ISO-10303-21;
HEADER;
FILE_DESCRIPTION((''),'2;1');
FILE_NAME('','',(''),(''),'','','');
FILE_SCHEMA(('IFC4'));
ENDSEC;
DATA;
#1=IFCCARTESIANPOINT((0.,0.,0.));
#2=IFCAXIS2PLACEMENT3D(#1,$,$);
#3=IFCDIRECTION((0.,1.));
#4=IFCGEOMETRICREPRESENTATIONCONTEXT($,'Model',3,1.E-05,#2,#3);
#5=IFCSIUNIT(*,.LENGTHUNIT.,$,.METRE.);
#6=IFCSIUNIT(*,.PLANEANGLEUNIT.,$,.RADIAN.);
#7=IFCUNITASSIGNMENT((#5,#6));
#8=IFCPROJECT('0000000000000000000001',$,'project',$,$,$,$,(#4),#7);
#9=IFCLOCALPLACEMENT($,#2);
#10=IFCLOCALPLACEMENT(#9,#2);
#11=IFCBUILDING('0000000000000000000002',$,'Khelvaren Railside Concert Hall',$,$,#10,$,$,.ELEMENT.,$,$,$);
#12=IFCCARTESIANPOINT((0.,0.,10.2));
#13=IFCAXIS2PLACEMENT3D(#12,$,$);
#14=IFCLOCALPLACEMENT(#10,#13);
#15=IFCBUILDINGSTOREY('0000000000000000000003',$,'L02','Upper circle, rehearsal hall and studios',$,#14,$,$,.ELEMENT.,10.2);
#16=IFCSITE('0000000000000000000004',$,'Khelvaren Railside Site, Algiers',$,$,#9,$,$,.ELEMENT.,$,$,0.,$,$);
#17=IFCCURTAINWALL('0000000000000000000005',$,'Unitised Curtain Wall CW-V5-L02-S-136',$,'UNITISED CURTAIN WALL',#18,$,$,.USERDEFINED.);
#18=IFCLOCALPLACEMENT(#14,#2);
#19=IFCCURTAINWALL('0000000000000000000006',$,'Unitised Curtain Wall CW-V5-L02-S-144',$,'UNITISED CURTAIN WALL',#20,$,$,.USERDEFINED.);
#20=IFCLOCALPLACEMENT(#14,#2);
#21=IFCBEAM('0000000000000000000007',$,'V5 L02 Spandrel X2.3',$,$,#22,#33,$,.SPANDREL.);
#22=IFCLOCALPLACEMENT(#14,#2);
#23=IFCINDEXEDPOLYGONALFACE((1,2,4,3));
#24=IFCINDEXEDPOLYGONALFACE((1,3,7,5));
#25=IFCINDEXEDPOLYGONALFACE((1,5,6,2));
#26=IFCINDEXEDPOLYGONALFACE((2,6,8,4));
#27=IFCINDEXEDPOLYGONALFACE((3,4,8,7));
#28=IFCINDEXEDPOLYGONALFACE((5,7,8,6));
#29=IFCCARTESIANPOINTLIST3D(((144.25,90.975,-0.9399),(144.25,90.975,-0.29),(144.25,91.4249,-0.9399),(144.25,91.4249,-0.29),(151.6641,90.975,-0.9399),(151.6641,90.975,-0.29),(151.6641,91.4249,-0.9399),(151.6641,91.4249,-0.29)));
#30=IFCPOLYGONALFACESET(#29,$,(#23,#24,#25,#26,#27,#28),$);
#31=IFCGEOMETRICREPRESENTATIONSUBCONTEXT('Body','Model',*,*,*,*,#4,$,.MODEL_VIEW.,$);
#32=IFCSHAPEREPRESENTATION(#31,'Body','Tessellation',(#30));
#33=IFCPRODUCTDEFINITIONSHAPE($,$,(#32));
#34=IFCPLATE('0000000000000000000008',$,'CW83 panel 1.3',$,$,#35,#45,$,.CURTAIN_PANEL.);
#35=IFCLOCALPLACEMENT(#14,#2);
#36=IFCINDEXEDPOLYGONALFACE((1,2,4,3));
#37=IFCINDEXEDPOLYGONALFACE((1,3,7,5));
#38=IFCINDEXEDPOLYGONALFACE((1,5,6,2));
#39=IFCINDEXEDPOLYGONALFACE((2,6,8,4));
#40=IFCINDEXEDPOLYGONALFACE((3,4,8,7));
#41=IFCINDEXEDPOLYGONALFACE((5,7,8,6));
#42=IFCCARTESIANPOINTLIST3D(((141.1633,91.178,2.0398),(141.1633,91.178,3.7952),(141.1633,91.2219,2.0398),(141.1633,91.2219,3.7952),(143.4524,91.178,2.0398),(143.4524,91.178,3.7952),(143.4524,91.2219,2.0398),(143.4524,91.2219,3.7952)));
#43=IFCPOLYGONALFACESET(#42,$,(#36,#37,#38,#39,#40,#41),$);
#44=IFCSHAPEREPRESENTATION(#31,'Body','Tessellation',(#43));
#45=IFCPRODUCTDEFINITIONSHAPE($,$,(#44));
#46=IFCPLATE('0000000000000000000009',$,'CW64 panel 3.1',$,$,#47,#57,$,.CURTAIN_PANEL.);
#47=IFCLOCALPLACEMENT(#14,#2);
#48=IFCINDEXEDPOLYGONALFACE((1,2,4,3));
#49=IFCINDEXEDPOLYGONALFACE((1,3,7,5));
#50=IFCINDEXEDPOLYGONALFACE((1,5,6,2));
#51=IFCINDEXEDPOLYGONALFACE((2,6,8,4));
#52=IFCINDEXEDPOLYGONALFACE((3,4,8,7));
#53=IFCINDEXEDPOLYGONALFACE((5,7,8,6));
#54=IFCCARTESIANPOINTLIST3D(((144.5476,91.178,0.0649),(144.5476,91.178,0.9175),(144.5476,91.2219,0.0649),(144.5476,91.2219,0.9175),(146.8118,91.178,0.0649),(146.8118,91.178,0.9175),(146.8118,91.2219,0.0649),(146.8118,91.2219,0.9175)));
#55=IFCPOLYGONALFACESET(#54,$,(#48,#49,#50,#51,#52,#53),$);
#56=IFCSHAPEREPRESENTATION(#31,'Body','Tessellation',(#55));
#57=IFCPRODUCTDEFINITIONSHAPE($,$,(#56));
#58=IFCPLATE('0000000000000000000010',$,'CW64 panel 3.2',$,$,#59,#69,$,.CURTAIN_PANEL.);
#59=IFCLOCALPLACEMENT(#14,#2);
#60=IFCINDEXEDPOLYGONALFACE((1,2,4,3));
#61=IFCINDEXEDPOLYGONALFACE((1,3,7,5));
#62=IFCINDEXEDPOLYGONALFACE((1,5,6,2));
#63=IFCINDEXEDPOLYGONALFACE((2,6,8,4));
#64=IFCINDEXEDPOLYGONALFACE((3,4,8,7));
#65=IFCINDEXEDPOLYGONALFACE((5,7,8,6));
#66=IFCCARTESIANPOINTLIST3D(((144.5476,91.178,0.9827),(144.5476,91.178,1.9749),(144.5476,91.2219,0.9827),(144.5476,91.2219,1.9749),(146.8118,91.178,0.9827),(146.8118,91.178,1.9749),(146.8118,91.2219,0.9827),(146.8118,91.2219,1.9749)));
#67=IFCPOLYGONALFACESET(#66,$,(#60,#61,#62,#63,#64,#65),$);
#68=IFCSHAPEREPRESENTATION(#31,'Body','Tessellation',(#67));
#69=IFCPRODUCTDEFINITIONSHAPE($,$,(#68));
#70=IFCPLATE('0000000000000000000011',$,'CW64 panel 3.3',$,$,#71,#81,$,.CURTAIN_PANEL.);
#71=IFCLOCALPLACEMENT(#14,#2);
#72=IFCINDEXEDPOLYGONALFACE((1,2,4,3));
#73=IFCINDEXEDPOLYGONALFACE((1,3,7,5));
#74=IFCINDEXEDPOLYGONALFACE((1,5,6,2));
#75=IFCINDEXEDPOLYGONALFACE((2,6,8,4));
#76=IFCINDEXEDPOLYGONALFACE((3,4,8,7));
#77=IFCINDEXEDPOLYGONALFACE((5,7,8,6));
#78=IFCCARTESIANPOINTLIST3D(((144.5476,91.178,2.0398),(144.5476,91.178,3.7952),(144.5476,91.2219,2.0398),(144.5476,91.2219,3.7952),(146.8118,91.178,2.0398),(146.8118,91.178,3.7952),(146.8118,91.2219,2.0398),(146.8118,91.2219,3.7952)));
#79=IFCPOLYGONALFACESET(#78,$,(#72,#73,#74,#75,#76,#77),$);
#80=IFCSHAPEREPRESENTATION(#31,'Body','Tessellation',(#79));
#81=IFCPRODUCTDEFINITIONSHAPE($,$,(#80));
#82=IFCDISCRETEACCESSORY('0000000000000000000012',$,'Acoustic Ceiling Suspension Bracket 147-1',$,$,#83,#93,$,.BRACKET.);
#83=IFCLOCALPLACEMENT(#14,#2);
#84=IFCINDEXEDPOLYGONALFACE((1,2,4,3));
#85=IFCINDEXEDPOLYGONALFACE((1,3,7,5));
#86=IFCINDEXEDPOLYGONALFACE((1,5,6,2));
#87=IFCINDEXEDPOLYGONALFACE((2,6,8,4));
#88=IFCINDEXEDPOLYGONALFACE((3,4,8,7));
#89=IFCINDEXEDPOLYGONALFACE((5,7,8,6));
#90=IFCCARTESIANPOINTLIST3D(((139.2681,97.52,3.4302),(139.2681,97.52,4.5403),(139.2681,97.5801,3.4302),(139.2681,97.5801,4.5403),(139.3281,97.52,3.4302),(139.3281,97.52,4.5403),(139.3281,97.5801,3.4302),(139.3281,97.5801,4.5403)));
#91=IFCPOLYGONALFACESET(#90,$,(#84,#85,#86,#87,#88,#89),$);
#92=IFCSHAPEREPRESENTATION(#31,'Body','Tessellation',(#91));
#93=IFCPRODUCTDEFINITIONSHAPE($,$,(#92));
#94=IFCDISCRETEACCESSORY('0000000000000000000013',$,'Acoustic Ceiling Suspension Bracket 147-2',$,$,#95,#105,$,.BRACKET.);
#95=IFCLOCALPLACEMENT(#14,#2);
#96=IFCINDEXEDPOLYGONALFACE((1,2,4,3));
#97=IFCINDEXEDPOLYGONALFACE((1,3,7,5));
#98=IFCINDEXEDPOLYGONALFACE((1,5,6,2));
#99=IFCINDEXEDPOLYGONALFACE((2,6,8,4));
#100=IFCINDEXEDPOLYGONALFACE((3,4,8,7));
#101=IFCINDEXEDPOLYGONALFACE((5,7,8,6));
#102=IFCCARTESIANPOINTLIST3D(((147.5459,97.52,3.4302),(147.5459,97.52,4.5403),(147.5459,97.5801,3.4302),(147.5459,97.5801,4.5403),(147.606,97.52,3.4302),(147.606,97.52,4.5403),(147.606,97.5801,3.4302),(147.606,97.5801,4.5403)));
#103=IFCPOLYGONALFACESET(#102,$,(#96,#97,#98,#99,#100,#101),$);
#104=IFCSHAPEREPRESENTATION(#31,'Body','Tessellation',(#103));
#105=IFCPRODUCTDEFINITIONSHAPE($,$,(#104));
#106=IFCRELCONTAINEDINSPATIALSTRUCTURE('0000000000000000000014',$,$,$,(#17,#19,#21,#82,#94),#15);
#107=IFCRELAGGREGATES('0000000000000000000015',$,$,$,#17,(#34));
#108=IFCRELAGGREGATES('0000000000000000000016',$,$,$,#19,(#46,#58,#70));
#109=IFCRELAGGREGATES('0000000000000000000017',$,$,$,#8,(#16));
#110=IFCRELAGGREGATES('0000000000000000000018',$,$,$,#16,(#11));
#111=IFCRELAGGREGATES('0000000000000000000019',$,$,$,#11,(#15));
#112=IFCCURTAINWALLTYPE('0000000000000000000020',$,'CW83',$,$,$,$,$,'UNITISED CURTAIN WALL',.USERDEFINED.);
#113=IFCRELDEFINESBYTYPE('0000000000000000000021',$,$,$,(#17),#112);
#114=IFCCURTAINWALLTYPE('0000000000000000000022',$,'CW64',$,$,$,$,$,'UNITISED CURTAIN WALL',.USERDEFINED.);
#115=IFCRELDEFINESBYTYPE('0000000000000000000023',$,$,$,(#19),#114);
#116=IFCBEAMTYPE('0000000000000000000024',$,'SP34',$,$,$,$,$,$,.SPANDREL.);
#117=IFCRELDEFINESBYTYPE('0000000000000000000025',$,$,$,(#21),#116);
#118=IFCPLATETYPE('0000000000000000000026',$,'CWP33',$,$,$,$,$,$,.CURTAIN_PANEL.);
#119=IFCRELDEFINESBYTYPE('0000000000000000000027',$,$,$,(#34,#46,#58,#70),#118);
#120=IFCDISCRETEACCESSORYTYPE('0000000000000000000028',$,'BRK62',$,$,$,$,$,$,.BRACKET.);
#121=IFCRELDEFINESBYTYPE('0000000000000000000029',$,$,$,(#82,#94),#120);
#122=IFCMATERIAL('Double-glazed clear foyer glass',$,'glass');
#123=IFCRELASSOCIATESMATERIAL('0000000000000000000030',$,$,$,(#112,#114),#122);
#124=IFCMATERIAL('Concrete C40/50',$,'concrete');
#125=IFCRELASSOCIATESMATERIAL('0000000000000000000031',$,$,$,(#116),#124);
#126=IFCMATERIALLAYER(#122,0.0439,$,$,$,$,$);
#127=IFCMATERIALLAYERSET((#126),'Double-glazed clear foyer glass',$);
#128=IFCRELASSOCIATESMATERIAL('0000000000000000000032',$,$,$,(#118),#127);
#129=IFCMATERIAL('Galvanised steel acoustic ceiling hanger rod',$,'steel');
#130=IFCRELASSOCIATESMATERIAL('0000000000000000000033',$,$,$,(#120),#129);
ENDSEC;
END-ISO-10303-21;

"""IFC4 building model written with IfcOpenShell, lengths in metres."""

from ifc_helpers import new_model, si_unit, direction, frame, origin, origin_2d, place, context, subcontext, project, spatial, rectangle, extrude, material, layer, layer_set, material_profile, profile_set, type_object, element, aggregate, save


model = new_model("IFC4")

# Units and contexts
model_context = context("Model", 3, precision=1e-05, world=origin(), true_north=direction((0.0, 1.0)))
body_context = subcontext(model_context, "Body", "Model", "MODEL_VIEW")
ifc_project = project(units=[si_unit("LENGTHUNIT", "METRE"), si_unit("PLANEANGLEUNIT", "RADIAN")], contexts=[model_context])

# Site, building, storey
site_placement = place(None, origin())
site = spatial("IfcSite", under=ifc_project, at=site_placement, Name="Khelvaren Railside Site, Algiers", CompositionType="ELEMENT", RefElevation=0.0)
building_placement = place(site_placement, origin())
building = spatial("IfcBuilding", under=site, at=building_placement, Name="Khelvaren Railside Concert Hall", CompositionType="ELEMENT")
storey_placement = place(building_placement, frame((0.0, 0.0, 10.2)))
storey = spatial("IfcBuildingStorey", under=building, at=storey_placement, Name="L02", Description="Upper circle, rehearsal hall and studios", CompositionType="ELEMENT", Elevation=10.2)

# Shared definitions
ifc_material_1 = material(Name="Concrete C40/50", Category="concrete")

# Curtain wall
ifc_material_2 = material(Name="Double-glazed clear foyer glass", Category="glass")
curtain_wall_type_1 = type_object("IfcCurtainWallType", Name="CW83", ElementType="UNITISED CURTAIN WALL", PredefinedType="USERDEFINED", material=ifc_material_2)
curtain_wall_1_placement = place(storey_placement, origin())
curtain_wall_1 = element("IfcCurtainWall", 1, at=curtain_wall_1_placement, inside=storey, type_object=curtain_wall_type_1, Name="Unitised Curtain Wall CW-V5-L02-S-136", ObjectType="UNITISED CURTAIN WALL", PredefinedType="USERDEFINED")

# Curtain wall
curtain_wall_type_2 = type_object("IfcCurtainWallType", Name="CW64", ElementType="UNITISED CURTAIN WALL", PredefinedType="USERDEFINED", material=ifc_material_2)
curtain_wall_2_placement = place(storey_placement, origin())
curtain_wall_2 = element("IfcCurtainWall", 2, at=curtain_wall_2_placement, inside=storey, type_object=curtain_wall_type_2, Name="Unitised Curtain Wall CW-V5-L02-S-144", ObjectType="UNITISED CURTAIN WALL", PredefinedType="USERDEFINED")

# Beam
ifc_material_profile_1 = material_profile(ifc_material_1, rectangle(XDim=0.45, YDim=0.6499, at=origin_2d()), Name="RCB 450x650")
ifc_profile_set_1 = profile_set([ifc_material_profile_1], Name="Concrete C40/50")
beam_type_1 = type_object("IfcBeamType", Name="SP34", PredefinedType="SPANDREL", material=ifc_profile_set_1)
beam_1_placement = place(storey_placement, frame((144.25, 91.2, -0.615), z_axis=(1.0, 0.0, 0.0), x_axis=(0.0, 1.0, 0.0)))
element("IfcBeam", 3, at=beam_1_placement, inside=storey, type_object=beam_type_1, Name="V5 L02 Spandrel X2.3", PredefinedType="SPANDREL", context=body_context, shape_type="SweptSolid", body=[
    extrude(rectangle(XDim=0.45, YDim=0.6499, at=origin_2d()), origin(), (0.0, 0.0, 1.0), 7.4141),
])

# Plates
ifc_layer = layer(ifc_material_2, 0.0439)
ifc_layer_set = layer_set([ifc_layer], Name="Double-glazed clear foyer glass")
plate_type = type_object("IfcPlateType", Name="CWP33", PredefinedType="CURTAIN_PANEL", material=ifc_layer_set)
plate_1_placement = place(storey_placement, frame((142.3079, 91.2, 2.0398), z_axis=(0.0, 0.0, 1.0), x_axis=(-1.0, 0.0, 0.0)))
plate_1 = element("IfcPlate", 4, at=plate_1_placement, type_object=plate_type, Name="CW83 panel 1.3", PredefinedType="CURTAIN_PANEL", context=body_context, shape_type="SweptSolid", body=[
    extrude(rectangle(XDim=2.2891, YDim=0.0439, at=origin_2d()), origin(), (0.0, 0.0, 1.0), 1.7554),
])
aggregate(curtain_wall_1, [plate_1])
plate_2_placement = place(storey_placement, frame((145.6797, 91.2, 0.0649), z_axis=(0.0, 0.0, 1.0), x_axis=(-1.0, 0.0, 0.0)))
plate_2 = element("IfcPlate", 5, at=plate_2_placement, type_object=plate_type, Name="CW64 panel 3.1", PredefinedType="CURTAIN_PANEL", context=body_context, shape_type="SweptSolid", body=[
    extrude(rectangle(XDim=2.2642, YDim=0.0439, at=origin_2d()), origin(), (0.0, 0.0, 1.0), 0.8525),
])
plate_3_placement = place(storey_placement, frame((145.6797, 91.2, 0.9827), z_axis=(0.0, 0.0, 1.0), x_axis=(-1.0, 0.0, 0.0)))
plate_3 = element("IfcPlate", 6, at=plate_3_placement, type_object=plate_type, Name="CW64 panel 3.2", PredefinedType="CURTAIN_PANEL", context=body_context, shape_type="SweptSolid", body=[
    extrude(rectangle(XDim=2.2642, YDim=0.0439, at=origin_2d()), origin(), (0.0, 0.0, 1.0), 0.9922),
])
plate_4_placement = place(storey_placement, frame((145.6797, 91.2, 2.0398), z_axis=(0.0, 0.0, 1.0), x_axis=(-1.0, 0.0, 0.0)))
plate_4 = element("IfcPlate", 7, at=plate_4_placement, type_object=plate_type, Name="CW64 panel 3.3", PredefinedType="CURTAIN_PANEL", context=body_context, shape_type="SweptSolid", body=[
    extrude(rectangle(XDim=2.2642, YDim=0.0439, at=origin_2d()), origin(), (0.0, 0.0, 1.0), 1.7554),
])
aggregate(curtain_wall_2, [plate_2, plate_3, plate_4])

# Discrete accessories
ifc_material_3 = material(Name="Galvanised steel acoustic ceiling hanger rod", Category="steel")
discrete_accessory_type = type_object("IfcDiscreteAccessoryType", Name="BRK62", PredefinedType="BRACKET", material=ifc_material_3)
for number, where, z_axis, x_axis, name in (
    (8, (139.2981, 97.55, 3.4302), (0.0, 0.0, 1.0), (1.0, 0.0, 0.0), "Acoustic Ceiling Suspension Bracket 147-1"),
    (9, (147.5759, 97.55, 3.4302), (0.0, 0.0, 1.0), (1.0, 0.0, 0.0), "Acoustic Ceiling Suspension Bracket 147-2"),
):
    element("IfcDiscreteAccessory", number, at=place(storey_placement, frame(where, z_axis=z_axis, x_axis=x_axis)), inside=storey, type_object=discrete_accessory_type, Name=name, PredefinedType="BRACKET", context=body_context, shape_type="SweptSolid", body=[
        extrude(rectangle(XDim=0.0601, YDim=0.0601, at=origin_2d()), origin(), (0.0, 0.0, 1.0), 1.1101),
    ])

save(model, "model.ifc")
